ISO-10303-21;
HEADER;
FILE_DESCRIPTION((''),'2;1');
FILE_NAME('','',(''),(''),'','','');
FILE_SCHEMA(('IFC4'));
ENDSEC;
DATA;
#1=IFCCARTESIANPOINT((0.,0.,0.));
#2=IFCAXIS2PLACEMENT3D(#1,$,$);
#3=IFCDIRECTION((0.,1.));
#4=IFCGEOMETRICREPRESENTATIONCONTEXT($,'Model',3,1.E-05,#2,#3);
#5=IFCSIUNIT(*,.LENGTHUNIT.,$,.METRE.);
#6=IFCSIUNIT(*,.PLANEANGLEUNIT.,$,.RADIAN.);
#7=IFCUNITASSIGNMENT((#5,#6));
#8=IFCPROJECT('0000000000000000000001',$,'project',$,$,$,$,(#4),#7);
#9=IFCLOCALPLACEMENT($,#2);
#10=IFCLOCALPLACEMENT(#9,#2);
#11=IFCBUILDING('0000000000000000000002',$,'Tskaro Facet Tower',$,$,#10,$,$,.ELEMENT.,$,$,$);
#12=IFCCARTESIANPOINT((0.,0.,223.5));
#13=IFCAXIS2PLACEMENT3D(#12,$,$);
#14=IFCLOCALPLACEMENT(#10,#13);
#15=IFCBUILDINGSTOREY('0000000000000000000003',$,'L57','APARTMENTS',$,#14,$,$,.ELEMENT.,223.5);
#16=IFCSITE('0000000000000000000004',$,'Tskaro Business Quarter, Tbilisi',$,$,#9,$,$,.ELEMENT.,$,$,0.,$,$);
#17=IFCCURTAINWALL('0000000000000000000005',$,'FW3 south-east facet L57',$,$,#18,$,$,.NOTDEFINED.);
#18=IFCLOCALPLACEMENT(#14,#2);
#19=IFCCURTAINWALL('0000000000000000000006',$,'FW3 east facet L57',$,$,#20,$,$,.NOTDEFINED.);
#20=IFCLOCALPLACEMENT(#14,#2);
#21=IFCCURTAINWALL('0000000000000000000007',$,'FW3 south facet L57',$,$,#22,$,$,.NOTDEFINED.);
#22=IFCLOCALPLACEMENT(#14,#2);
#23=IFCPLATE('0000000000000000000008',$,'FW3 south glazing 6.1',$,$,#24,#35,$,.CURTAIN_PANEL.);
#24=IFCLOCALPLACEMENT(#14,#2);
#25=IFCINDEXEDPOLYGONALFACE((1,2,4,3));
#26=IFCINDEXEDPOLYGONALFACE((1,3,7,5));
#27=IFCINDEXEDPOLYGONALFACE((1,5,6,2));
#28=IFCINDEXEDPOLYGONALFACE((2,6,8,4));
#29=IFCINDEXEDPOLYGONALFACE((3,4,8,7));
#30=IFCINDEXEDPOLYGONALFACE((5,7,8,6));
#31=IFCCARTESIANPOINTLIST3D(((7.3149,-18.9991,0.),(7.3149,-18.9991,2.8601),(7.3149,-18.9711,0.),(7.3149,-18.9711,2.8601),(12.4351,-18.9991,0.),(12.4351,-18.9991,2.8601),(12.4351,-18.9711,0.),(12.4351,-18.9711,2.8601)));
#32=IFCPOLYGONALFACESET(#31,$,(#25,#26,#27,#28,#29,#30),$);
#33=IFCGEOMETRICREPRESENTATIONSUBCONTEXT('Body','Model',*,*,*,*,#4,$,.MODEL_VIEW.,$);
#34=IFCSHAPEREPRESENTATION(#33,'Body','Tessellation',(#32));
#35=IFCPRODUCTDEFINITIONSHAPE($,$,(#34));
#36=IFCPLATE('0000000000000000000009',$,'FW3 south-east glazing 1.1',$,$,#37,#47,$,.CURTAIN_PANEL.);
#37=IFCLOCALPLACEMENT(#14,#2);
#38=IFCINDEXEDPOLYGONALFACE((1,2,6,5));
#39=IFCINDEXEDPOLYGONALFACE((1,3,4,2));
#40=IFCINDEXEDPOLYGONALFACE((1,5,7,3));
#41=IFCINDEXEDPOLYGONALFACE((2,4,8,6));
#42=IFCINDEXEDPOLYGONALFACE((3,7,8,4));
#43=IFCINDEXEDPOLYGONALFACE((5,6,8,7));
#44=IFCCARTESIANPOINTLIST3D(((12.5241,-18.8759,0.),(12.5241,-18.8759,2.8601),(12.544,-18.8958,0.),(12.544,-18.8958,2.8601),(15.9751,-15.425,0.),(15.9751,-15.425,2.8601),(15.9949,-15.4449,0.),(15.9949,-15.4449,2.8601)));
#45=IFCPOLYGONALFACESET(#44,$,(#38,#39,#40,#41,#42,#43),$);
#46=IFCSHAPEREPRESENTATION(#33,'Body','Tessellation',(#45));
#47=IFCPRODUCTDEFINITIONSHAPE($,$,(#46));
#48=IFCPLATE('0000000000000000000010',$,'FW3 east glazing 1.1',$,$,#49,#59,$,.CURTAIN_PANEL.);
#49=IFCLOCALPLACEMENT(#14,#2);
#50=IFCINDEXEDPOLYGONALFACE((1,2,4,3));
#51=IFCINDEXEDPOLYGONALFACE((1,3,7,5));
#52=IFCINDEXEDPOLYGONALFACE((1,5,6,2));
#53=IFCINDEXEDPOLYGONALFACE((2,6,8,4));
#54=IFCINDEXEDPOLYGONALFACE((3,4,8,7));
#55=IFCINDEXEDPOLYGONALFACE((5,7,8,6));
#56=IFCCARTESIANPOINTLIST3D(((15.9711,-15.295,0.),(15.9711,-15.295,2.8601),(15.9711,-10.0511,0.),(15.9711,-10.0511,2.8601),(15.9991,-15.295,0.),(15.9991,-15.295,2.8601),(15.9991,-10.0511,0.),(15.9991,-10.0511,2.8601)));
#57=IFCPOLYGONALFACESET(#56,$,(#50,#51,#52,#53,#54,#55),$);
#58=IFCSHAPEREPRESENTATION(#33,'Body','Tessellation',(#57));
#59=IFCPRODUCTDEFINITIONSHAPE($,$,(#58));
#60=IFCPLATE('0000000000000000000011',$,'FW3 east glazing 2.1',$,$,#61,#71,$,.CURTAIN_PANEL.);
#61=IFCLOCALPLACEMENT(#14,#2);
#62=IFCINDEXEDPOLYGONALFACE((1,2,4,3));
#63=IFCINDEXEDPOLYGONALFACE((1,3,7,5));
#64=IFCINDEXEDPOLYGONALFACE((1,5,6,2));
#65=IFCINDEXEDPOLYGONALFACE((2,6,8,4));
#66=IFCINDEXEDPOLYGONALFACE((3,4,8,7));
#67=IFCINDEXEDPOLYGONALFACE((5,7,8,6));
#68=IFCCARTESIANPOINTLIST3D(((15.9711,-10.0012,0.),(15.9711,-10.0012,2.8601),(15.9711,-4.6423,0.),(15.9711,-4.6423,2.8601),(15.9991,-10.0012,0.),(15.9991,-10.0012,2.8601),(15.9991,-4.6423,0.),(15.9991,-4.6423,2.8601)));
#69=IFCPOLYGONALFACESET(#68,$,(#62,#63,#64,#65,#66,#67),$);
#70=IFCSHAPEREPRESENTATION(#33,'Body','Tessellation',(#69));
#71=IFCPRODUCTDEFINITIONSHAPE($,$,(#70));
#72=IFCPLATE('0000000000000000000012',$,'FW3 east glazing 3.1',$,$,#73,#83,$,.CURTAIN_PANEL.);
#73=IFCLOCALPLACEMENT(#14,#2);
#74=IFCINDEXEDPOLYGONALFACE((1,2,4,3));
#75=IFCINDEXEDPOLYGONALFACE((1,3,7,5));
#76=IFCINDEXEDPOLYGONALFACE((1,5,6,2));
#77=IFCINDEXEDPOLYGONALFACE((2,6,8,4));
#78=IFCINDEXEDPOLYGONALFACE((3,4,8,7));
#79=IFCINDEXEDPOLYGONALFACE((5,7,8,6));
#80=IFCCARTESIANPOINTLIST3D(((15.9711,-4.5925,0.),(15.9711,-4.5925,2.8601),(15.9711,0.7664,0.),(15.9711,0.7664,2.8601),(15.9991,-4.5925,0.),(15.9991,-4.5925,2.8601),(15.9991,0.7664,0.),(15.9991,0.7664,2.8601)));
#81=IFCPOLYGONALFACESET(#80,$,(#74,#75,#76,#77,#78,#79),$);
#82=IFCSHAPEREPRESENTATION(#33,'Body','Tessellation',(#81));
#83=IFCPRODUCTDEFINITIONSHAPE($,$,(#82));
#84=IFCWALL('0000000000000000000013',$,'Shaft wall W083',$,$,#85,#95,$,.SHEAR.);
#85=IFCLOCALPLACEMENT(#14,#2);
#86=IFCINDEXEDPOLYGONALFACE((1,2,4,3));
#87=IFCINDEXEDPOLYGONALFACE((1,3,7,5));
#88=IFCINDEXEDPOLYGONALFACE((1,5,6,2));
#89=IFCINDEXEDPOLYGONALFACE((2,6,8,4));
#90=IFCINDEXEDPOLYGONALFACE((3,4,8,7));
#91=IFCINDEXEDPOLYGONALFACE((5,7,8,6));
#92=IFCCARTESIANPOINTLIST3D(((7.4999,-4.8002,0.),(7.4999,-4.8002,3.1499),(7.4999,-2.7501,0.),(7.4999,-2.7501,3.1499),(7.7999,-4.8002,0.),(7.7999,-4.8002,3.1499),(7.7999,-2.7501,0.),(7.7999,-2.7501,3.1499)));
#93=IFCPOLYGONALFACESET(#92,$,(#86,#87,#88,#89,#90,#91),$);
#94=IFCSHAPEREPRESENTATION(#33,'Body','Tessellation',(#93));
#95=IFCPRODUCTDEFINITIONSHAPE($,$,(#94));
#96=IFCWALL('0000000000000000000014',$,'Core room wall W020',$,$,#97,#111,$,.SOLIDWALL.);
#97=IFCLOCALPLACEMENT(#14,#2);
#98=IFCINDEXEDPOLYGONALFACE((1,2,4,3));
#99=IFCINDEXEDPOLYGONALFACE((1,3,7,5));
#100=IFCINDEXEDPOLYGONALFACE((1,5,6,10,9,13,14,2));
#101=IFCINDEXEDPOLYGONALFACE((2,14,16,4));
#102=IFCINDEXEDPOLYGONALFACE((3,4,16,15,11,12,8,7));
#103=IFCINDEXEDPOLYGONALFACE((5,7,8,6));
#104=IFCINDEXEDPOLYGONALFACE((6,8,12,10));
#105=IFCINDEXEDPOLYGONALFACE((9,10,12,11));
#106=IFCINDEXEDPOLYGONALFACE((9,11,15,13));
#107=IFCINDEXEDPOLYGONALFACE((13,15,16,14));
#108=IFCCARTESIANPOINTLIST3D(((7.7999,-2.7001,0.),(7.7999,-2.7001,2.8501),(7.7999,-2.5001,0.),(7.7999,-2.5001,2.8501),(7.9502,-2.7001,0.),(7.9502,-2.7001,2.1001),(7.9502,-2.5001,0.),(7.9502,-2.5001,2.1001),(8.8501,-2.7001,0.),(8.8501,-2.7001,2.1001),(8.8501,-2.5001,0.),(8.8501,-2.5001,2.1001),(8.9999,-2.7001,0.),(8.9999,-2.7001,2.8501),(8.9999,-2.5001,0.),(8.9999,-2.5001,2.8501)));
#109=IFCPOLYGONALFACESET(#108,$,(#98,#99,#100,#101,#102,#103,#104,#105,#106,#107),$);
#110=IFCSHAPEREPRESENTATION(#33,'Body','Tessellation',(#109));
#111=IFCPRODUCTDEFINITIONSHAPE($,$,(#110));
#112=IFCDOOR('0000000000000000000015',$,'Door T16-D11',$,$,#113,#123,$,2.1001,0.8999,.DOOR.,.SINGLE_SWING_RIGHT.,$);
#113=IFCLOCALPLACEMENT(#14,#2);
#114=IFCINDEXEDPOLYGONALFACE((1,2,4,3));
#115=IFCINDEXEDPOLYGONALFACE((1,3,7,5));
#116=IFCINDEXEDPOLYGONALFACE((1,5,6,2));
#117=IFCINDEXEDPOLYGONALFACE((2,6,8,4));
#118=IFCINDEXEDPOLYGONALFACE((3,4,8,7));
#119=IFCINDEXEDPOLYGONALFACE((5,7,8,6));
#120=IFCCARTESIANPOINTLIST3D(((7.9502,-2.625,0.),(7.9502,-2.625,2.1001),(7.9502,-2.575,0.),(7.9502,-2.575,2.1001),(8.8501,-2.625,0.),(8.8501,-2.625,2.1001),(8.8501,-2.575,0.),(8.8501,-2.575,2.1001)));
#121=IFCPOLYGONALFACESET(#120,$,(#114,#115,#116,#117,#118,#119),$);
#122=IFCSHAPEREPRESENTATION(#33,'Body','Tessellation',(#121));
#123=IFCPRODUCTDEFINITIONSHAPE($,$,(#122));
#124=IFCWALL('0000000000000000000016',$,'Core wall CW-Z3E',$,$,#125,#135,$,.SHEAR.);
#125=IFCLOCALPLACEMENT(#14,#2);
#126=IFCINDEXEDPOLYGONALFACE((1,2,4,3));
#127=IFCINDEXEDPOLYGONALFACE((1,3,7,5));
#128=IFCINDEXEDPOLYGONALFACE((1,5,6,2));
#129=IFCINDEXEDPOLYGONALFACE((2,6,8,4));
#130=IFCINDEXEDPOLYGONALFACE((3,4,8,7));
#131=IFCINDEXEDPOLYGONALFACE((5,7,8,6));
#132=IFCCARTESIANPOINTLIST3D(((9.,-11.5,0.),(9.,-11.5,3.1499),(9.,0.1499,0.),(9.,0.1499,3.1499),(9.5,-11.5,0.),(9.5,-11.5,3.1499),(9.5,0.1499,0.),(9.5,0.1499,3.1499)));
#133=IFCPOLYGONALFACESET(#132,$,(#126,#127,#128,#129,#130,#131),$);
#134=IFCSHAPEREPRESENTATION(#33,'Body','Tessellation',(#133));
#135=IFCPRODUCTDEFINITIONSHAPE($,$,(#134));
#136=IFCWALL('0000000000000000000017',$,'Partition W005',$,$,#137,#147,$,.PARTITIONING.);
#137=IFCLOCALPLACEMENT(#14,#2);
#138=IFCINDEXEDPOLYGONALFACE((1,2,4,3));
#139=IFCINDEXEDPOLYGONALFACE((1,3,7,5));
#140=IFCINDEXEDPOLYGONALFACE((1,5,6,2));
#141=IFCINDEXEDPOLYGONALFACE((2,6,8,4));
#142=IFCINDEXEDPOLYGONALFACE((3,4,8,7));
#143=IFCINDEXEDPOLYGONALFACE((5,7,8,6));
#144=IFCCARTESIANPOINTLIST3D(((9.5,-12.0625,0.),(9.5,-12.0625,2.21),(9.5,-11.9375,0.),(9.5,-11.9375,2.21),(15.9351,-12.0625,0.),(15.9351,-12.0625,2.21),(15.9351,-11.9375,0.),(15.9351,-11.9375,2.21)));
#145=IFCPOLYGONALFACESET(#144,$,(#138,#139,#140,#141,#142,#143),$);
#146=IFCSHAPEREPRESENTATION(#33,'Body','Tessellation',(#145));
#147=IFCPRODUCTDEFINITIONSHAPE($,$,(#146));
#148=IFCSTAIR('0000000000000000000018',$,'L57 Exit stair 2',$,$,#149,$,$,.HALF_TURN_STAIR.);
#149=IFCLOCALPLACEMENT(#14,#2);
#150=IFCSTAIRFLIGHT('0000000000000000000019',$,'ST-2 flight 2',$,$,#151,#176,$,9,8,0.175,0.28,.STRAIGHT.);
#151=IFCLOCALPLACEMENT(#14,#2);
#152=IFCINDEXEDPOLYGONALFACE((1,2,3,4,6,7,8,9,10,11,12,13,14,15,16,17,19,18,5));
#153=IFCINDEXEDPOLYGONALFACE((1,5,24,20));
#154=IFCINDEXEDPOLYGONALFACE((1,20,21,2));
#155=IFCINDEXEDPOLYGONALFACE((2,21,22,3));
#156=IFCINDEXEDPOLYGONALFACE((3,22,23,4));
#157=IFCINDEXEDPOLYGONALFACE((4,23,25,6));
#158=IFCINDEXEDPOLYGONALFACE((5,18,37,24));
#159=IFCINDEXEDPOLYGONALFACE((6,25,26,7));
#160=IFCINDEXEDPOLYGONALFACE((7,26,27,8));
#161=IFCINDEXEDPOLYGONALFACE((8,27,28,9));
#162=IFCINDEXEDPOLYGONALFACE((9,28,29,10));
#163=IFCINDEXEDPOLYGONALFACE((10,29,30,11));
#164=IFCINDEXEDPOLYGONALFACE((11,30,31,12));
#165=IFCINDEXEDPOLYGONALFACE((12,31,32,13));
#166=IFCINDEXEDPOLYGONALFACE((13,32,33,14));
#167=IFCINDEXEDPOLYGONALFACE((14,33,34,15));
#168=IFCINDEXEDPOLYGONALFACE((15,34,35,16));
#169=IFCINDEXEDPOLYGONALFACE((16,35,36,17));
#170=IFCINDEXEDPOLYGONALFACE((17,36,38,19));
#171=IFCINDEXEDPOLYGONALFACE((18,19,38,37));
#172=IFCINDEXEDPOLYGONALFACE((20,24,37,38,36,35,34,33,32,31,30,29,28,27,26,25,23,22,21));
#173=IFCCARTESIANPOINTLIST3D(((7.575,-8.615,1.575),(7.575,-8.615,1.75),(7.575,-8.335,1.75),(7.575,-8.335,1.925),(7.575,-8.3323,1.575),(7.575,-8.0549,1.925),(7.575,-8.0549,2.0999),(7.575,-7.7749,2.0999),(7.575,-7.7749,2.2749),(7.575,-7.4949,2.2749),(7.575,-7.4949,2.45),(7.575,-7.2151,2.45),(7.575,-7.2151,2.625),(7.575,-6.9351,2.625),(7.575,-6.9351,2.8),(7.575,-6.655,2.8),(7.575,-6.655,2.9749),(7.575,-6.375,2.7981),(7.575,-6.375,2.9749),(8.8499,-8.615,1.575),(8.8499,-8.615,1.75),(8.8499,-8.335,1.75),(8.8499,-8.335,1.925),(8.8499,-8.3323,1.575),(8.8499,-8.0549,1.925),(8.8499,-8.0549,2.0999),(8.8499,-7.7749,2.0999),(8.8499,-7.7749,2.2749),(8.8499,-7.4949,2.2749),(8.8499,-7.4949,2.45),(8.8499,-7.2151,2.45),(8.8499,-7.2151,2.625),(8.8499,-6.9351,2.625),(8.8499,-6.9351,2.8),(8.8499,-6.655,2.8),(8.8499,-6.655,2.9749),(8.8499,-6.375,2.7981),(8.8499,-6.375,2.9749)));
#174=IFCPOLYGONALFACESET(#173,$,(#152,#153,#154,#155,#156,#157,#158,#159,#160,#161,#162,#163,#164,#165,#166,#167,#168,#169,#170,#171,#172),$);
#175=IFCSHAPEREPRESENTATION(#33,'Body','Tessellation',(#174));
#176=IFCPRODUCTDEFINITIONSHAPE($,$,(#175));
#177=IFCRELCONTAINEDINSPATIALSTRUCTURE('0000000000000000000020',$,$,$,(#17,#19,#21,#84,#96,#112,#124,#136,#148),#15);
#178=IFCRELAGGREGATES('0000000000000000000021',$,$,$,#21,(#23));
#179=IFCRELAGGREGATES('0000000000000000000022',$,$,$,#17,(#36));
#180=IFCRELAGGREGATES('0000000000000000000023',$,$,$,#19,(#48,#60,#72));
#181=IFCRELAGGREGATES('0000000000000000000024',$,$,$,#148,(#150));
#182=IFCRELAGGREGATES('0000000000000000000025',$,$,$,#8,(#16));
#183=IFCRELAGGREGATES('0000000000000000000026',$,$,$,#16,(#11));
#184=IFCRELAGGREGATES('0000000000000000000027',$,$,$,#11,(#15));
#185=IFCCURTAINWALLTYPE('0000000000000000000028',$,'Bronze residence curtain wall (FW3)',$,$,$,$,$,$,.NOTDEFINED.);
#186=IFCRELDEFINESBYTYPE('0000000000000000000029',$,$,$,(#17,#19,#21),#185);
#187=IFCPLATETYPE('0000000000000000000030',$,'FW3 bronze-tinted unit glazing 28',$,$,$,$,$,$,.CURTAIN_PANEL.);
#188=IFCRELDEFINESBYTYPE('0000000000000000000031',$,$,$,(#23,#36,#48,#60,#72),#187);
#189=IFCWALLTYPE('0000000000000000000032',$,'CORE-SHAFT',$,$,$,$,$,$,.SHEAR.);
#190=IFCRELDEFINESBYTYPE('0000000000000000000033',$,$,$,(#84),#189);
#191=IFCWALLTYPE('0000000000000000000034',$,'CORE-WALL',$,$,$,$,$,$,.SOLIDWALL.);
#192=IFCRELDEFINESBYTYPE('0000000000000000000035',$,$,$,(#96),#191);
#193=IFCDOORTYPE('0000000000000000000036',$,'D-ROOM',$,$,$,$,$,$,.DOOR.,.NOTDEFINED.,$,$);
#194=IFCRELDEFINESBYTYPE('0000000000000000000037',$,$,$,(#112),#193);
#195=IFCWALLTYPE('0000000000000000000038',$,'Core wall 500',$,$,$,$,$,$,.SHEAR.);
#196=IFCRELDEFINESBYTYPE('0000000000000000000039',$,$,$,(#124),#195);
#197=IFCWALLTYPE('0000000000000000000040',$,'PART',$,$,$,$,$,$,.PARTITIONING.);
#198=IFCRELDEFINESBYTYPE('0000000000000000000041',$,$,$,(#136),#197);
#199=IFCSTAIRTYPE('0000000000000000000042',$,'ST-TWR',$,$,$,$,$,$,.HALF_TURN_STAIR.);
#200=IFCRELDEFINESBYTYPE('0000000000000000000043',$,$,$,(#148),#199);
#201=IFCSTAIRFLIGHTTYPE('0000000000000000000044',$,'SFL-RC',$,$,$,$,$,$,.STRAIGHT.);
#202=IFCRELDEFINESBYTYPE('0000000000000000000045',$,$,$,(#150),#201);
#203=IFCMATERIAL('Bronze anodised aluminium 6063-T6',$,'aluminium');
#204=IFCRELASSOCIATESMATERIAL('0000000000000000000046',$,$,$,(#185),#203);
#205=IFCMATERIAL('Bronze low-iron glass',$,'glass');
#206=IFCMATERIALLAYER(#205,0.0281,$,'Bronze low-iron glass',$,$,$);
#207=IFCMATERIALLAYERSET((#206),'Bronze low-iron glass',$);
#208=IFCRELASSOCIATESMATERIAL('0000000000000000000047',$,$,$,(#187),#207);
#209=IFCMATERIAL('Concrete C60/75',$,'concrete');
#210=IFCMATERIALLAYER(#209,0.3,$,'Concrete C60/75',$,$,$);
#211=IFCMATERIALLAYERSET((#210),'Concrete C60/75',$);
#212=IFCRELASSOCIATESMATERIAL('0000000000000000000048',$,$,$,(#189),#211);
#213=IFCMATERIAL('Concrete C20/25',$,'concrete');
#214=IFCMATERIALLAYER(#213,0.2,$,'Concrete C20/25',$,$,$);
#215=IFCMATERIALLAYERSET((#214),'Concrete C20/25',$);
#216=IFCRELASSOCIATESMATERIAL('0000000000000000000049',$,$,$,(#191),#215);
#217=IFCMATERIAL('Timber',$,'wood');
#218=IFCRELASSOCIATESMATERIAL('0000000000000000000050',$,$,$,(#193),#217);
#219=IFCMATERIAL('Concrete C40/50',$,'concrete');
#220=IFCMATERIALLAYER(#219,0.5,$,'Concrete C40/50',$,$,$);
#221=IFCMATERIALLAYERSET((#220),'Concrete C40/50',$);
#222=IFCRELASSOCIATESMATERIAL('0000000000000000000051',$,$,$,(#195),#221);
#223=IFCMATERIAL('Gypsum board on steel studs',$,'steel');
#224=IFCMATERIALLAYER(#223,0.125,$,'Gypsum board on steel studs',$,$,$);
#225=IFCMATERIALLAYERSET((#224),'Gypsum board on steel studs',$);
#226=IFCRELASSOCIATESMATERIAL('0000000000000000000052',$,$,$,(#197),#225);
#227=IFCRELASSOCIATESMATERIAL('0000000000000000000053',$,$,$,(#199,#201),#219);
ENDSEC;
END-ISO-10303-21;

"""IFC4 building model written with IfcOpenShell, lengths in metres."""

from ifc_helpers import new_model, si_unit, direction, frame, frame_2d, origin, origin_2d, place, context, subcontext, project, spatial, polyline, rectangle, outline, extrude, material, layer, layer_set, type_object, element, fill, aggregate, save


model = new_model("IFC4")

# Units and contexts
model_context = context("Model", 3, precision=1e-05, world=origin(), true_north=direction((0.0, 1.0)))
body_context = subcontext(model_context, "Body", "Model", "MODEL_VIEW")
ifc_project = project(units=[si_unit("LENGTHUNIT", "METRE"), si_unit("PLANEANGLEUNIT", "RADIAN")], contexts=[model_context])

# Site, building, storey
site_placement = place(None, origin())
site = spatial("IfcSite", under=ifc_project, at=site_placement, Name="Tskaro Business Quarter, Tbilisi", CompositionType="ELEMENT", RefElevation=0.0)
building_placement = place(site_placement, origin())
building = spatial("IfcBuilding", under=site, at=building_placement, Name="Tskaro Facet Tower", CompositionType="ELEMENT")
storey_placement = place(building_placement, frame((0.0, 0.0, 223.5)))
storey = spatial("IfcBuildingStorey", under=building, at=storey_placement, Name="L57", Description="APARTMENTS", CompositionType="ELEMENT", Elevation=223.5)

# Curtain wall
ifc_material_1 = material(Name="Bronze anodised aluminium 6063-T6", Category="aluminium")
curtain_wall_type = type_object("IfcCurtainWallType", Name="Bronze residence curtain wall (FW3)", PredefinedType="NOTDEFINED", material=ifc_material_1)
curtain_wall_1_placement = place(storey_placement, origin())
curtain_wall_1 = element("IfcCurtainWall", 1, at=curtain_wall_1_placement, inside=storey, type_object=curtain_wall_type, Name="FW3 south-east facet L57", PredefinedType="NOTDEFINED")

# Curtain wall
curtain_wall_2_placement = place(storey_placement, origin())
curtain_wall_2 = element("IfcCurtainWall", 2, at=curtain_wall_2_placement, inside=storey, type_object=curtain_wall_type, Name="FW3 east facet L57", PredefinedType="NOTDEFINED")

# Curtain wall, plate
curtain_wall_3_placement = place(storey_placement, origin())
curtain_wall_3 = element("IfcCurtainWall", 3, at=curtain_wall_3_placement, inside=storey, type_object=curtain_wall_type, Name="FW3 south facet L57", PredefinedType="NOTDEFINED")
ifc_material_2 = material(Name="Bronze low-iron glass", Category="glass")
ifc_layer_1 = layer(ifc_material_2, 0.0281, Name="Bronze low-iron glass")
ifc_layer_set_1 = layer_set([ifc_layer_1], Name="Bronze low-iron glass")
plate_type = type_object("IfcPlateType", Name="FW3 bronze-tinted unit glazing 28", PredefinedType="CURTAIN_PANEL", material=ifc_layer_set_1)
plate_1_placement = place(storey_placement, frame((9.875, -18.9851, 0.0), z_axis=(0.0, 0.0, 1.0), x_axis=(1.0, 0.0, 0.0)))
plate_1 = element("IfcPlate", 4, at=plate_1_placement, type_object=plate_type, Name="FW3 south glazing 6.1", PredefinedType="CURTAIN_PANEL", context=body_context, shape_type="SweptSolid", body=[
    extrude(rectangle(XDim=5.1201, YDim=0.0281, at=origin_2d()), origin(), (0.0, 0.0, 1.0), 2.8601),
])
aggregate(curtain_wall_3, [plate_1])

# Plates
plate_2_placement = place(storey_placement, frame((14.2595, -17.1604, 0.0), z_axis=(0.0, 0.0, 1.0), x_axis=(0.707107, 0.707107, 0.0)))
plate_2 = element("IfcPlate", 5, at=plate_2_placement, type_object=plate_type, Name="FW3 south-east glazing 1.1", PredefinedType="CURTAIN_PANEL", context=body_context, shape_type="SweptSolid", body=[
    extrude(rectangle(XDim=4.8804, YDim=0.0281, at=origin_2d()), origin(), (0.0, 0.0, 1.0), 2.8601),
])
aggregate(curtain_wall_1, [plate_2])
plate_3_placement = place(storey_placement, frame((15.9851, -12.6731, 0.0), z_axis=(0.0, 0.0, 1.0), x_axis=(0.0, 1.0, 0.0)))
plate_3 = element("IfcPlate", 6, at=plate_3_placement, type_object=plate_type, Name="FW3 east glazing 1.1", PredefinedType="CURTAIN_PANEL", context=body_context, shape_type="SweptSolid", body=[
    extrude(rectangle(XDim=5.2439, YDim=0.0281, at=origin_2d()), origin(), (0.0, 0.0, 1.0), 2.8601),
])
plate_4_placement = place(storey_placement, frame((15.9851, -7.3218, 0.0), z_axis=(0.0, 0.0, 1.0), x_axis=(0.0, 1.0, 0.0)))
plate_4 = element("IfcPlate", 7, at=plate_4_placement, type_object=plate_type, Name="FW3 east glazing 2.1", PredefinedType="CURTAIN_PANEL", context=body_context, shape_type="SweptSolid", body=[
    extrude(rectangle(XDim=5.3589, YDim=0.0281, at=origin_2d()), origin(), (0.0, 0.0, 1.0), 2.8601),
])
plate_5_placement = place(storey_placement, frame((15.9851, -1.9131, 0.0), z_axis=(0.0, 0.0, 1.0), x_axis=(0.0, 1.0, 0.0)))
plate_5 = element("IfcPlate", 8, at=plate_5_placement, type_object=plate_type, Name="FW3 east glazing 3.1", PredefinedType="CURTAIN_PANEL", context=body_context, shape_type="SweptSolid", body=[
    extrude(rectangle(XDim=5.3589, YDim=0.0281, at=origin_2d()), origin(), (0.0, 0.0, 1.0), 2.8601),
])
aggregate(curtain_wall_2, [plate_3, plate_4, plate_5])

# Wall
ifc_material_3 = material(Name="Concrete C60/75", Category="concrete")
ifc_layer_2 = layer(ifc_material_3, 0.3, Name="Concrete C60/75")
ifc_layer_set_2 = layer_set([ifc_layer_2], Name="Concrete C60/75")
wall_type_1 = type_object("IfcWallType", Name="CORE-SHAFT", PredefinedType="SHEAR", material=ifc_layer_set_2)
wall_1_placement = place(storey_placement, frame((7.6499, -4.8, 0.0), z_axis=(0.0, 0.0, 1.0), x_axis=(0.0, 1.0, 0.0)))
element("IfcWall", 9, at=wall_1_placement, inside=storey, type_object=wall_type_1, Name="Shaft wall W083", PredefinedType="SHEAR", context=body_context, shape_type="SweptSolid", body=[
    extrude(rectangle(XDim=2.05, YDim=0.3, at=frame_2d((1.0249, 0.0))), origin(), (0.0, 0.0, 1.0), 3.1499),
])

# Wall, opening, door
ifc_material_4 = material(Name="Concrete C20/25", Category="concrete")
ifc_layer_3 = layer(ifc_material_4, 0.2, Name="Concrete C20/25")
ifc_layer_set_3 = layer_set([ifc_layer_3], Name="Concrete C20/25")
wall_type_2 = type_object("IfcWallType", Name="CORE-WALL", PredefinedType="SOLIDWALL", material=ifc_layer_set_3)
wall_2_placement = place(storey_placement, frame((9.0, -2.6001, 0.0), z_axis=(0.0, 0.0, 1.0), x_axis=(-1.0, 0.0, 0.0)))
wall_2 = element("IfcWall", 10, at=wall_2_placement, inside=storey, type_object=wall_type_2, Name="Core room wall W020", PredefinedType="SOLIDWALL", context=body_context, shape_type="SweptSolid", body=[
    extrude(rectangle(XDim=1.2, YDim=0.2, at=frame_2d((0.6001, 0.0))), origin(), (0.0, 0.0, 1.0), 2.8501),
])
opening_placement = place(wall_2_placement, frame((0.1499, 0.0, 0.0)))
opening = element("IfcOpeningElement", 11, at=opening_placement, cuts=wall_2, PredefinedType="OPENING", context=body_context, shape_type="SweptSolid", body=[
    extrude(rectangle(XDim=0.8999, YDim=2.1001, at=frame_2d((0.45, 1.05))), frame((0.0, 0.1099, 0.0), z_axis=(0.0, -1.0, 0.0), x_axis=(1.0, 0.0, 0.0)), (0.0, 0.0, 1.0), 0.22),
])
ifc_material_5 = material(Name="Timber", Category="wood")
door_type = type_object("IfcDoorType", Name="D-ROOM", OperationType="NOTDEFINED", PredefinedType="DOOR", material=ifc_material_5)
door_placement = place(opening_placement, origin())
door = element("IfcDoor", 12, at=door_placement, inside=storey, type_object=door_type, Name="Door T16-D11", OperationType="SINGLE_SWING_RIGHT", OverallHeight=2.1001, OverallWidth=0.8999, PredefinedType="DOOR", context=body_context, shape_type="SweptSolid", body=[
    extrude(rectangle(XDim=0.8999, YDim=2.1001, at=frame_2d((0.45, 1.05))), frame((0.0, 0.0249, 0.0), z_axis=(0.0, -1.0, 0.0), x_axis=(1.0, 0.0, 0.0)), (0.0, 0.0, 1.0), 0.05),
])
fill(opening, door)

# Walls
ifc_material_6 = material(Name="Concrete C40/50", Category="concrete")
ifc_layer_4 = layer(ifc_material_6, 0.5, Name="Concrete C40/50")
ifc_layer_set_4 = layer_set([ifc_layer_4], Name="Concrete C40/50")
wall_type_3 = type_object("IfcWallType", Name="Core wall 500", PredefinedType="SHEAR", material=ifc_layer_set_4)
wall_3_placement = place(storey_placement, frame((9.25, -11.5, 0.0), z_axis=(0.0, 0.0, 1.0), x_axis=(0.0, 1.0, 0.0)))
element("IfcWall", 13, at=wall_3_placement, inside=storey, type_object=wall_type_3, Name="Core wall CW-Z3E", PredefinedType="SHEAR", context=body_context, shape_type="SweptSolid", body=[
    extrude(rectangle(XDim=11.6499, YDim=0.5, at=frame_2d((5.825, 0.0))), origin(), (0.0, 0.0, 1.0), 3.1499),
])
ifc_material_7 = material(Name="Gypsum board on steel studs", Category="steel")
ifc_layer_5 = layer(ifc_material_7, 0.125, Name="Gypsum board on steel studs")
ifc_layer_set_5 = layer_set([ifc_layer_5], Name="Gypsum board on steel studs")
wall_type_4 = type_object("IfcWallType", Name="PART", PredefinedType="PARTITIONING", material=ifc_layer_set_5)
wall_4_placement = place(storey_placement, frame((9.5, -12.0, 0.0), z_axis=(0.0, 0.0, 1.0), x_axis=(1.0, 0.0, 0.0)))
element("IfcWall", 14, at=wall_4_placement, inside=storey, type_object=wall_type_4, Name="Partition W005", PredefinedType="PARTITIONING", context=body_context, shape_type="SweptSolid", body=[
    extrude(rectangle(XDim=6.4351, YDim=0.125, at=frame_2d((3.2175, 0.0))), origin(), (0.0, 0.0, 1.0), 2.21),
])

# Stair, stair flight
stair_type = type_object("IfcStairType", Name="ST-TWR", PredefinedType="HALF_TURN_STAIR", material=ifc_material_6)
stair_placement = place(storey_placement, origin())
stair = element("IfcStair", 15, at=stair_placement, inside=storey, type_object=stair_type, Name="L57 Exit stair 2", PredefinedType="HALF_TURN_STAIR")
stair_flight_type = type_object("IfcStairFlightType", Name="SFL-RC", PredefinedType="STRAIGHT", material=ifc_material_6)
stair_flight_placement = place(storey_placement, frame((8.2124, -8.615, 1.575), z_axis=(0.0, 0.0, 1.0), x_axis=(0.0, 1.0, 0.0)))
stair_flight = element("IfcStairFlight", 16, at=stair_flight_placement, type_object=stair_flight_type, Name="ST-2 flight 2", NumberOfRisers=9, NumberOfTreads=8, PredefinedType="STRAIGHT", RiserHeight=0.175, TreadLength=0.28, context=body_context, shape_type="SweptSolid", body=[
    extrude(outline(polyline([(0.0, 0.0), (0.0, 0.175), (0.28, 0.175), (0.28, 0.3501), (0.5601, 0.3501), (0.5601, 0.5249), (0.8401, 0.5249), (0.8401, 0.7), (1.1201, 0.7), (1.1201, 0.875), (1.3999, 0.875), (1.3999, 1.05), (1.6799, 1.05), (1.6799, 1.2251), (1.96, 1.2251), (1.96, 1.3999), (2.24, 1.3999), (2.24, 1.575), (2.24, 1.2231), (0.2827, 0.0), (0.0, 0.0)])), frame((0.0, 0.6375, 0.0), z_axis=(0.0, -1.0, 0.0), x_axis=(1.0, 0.0, 0.0)), (0.0, 0.0, 1.0), 1.2749),
])
aggregate(stair, [stair_flight])

save(model, "model.ifc")
